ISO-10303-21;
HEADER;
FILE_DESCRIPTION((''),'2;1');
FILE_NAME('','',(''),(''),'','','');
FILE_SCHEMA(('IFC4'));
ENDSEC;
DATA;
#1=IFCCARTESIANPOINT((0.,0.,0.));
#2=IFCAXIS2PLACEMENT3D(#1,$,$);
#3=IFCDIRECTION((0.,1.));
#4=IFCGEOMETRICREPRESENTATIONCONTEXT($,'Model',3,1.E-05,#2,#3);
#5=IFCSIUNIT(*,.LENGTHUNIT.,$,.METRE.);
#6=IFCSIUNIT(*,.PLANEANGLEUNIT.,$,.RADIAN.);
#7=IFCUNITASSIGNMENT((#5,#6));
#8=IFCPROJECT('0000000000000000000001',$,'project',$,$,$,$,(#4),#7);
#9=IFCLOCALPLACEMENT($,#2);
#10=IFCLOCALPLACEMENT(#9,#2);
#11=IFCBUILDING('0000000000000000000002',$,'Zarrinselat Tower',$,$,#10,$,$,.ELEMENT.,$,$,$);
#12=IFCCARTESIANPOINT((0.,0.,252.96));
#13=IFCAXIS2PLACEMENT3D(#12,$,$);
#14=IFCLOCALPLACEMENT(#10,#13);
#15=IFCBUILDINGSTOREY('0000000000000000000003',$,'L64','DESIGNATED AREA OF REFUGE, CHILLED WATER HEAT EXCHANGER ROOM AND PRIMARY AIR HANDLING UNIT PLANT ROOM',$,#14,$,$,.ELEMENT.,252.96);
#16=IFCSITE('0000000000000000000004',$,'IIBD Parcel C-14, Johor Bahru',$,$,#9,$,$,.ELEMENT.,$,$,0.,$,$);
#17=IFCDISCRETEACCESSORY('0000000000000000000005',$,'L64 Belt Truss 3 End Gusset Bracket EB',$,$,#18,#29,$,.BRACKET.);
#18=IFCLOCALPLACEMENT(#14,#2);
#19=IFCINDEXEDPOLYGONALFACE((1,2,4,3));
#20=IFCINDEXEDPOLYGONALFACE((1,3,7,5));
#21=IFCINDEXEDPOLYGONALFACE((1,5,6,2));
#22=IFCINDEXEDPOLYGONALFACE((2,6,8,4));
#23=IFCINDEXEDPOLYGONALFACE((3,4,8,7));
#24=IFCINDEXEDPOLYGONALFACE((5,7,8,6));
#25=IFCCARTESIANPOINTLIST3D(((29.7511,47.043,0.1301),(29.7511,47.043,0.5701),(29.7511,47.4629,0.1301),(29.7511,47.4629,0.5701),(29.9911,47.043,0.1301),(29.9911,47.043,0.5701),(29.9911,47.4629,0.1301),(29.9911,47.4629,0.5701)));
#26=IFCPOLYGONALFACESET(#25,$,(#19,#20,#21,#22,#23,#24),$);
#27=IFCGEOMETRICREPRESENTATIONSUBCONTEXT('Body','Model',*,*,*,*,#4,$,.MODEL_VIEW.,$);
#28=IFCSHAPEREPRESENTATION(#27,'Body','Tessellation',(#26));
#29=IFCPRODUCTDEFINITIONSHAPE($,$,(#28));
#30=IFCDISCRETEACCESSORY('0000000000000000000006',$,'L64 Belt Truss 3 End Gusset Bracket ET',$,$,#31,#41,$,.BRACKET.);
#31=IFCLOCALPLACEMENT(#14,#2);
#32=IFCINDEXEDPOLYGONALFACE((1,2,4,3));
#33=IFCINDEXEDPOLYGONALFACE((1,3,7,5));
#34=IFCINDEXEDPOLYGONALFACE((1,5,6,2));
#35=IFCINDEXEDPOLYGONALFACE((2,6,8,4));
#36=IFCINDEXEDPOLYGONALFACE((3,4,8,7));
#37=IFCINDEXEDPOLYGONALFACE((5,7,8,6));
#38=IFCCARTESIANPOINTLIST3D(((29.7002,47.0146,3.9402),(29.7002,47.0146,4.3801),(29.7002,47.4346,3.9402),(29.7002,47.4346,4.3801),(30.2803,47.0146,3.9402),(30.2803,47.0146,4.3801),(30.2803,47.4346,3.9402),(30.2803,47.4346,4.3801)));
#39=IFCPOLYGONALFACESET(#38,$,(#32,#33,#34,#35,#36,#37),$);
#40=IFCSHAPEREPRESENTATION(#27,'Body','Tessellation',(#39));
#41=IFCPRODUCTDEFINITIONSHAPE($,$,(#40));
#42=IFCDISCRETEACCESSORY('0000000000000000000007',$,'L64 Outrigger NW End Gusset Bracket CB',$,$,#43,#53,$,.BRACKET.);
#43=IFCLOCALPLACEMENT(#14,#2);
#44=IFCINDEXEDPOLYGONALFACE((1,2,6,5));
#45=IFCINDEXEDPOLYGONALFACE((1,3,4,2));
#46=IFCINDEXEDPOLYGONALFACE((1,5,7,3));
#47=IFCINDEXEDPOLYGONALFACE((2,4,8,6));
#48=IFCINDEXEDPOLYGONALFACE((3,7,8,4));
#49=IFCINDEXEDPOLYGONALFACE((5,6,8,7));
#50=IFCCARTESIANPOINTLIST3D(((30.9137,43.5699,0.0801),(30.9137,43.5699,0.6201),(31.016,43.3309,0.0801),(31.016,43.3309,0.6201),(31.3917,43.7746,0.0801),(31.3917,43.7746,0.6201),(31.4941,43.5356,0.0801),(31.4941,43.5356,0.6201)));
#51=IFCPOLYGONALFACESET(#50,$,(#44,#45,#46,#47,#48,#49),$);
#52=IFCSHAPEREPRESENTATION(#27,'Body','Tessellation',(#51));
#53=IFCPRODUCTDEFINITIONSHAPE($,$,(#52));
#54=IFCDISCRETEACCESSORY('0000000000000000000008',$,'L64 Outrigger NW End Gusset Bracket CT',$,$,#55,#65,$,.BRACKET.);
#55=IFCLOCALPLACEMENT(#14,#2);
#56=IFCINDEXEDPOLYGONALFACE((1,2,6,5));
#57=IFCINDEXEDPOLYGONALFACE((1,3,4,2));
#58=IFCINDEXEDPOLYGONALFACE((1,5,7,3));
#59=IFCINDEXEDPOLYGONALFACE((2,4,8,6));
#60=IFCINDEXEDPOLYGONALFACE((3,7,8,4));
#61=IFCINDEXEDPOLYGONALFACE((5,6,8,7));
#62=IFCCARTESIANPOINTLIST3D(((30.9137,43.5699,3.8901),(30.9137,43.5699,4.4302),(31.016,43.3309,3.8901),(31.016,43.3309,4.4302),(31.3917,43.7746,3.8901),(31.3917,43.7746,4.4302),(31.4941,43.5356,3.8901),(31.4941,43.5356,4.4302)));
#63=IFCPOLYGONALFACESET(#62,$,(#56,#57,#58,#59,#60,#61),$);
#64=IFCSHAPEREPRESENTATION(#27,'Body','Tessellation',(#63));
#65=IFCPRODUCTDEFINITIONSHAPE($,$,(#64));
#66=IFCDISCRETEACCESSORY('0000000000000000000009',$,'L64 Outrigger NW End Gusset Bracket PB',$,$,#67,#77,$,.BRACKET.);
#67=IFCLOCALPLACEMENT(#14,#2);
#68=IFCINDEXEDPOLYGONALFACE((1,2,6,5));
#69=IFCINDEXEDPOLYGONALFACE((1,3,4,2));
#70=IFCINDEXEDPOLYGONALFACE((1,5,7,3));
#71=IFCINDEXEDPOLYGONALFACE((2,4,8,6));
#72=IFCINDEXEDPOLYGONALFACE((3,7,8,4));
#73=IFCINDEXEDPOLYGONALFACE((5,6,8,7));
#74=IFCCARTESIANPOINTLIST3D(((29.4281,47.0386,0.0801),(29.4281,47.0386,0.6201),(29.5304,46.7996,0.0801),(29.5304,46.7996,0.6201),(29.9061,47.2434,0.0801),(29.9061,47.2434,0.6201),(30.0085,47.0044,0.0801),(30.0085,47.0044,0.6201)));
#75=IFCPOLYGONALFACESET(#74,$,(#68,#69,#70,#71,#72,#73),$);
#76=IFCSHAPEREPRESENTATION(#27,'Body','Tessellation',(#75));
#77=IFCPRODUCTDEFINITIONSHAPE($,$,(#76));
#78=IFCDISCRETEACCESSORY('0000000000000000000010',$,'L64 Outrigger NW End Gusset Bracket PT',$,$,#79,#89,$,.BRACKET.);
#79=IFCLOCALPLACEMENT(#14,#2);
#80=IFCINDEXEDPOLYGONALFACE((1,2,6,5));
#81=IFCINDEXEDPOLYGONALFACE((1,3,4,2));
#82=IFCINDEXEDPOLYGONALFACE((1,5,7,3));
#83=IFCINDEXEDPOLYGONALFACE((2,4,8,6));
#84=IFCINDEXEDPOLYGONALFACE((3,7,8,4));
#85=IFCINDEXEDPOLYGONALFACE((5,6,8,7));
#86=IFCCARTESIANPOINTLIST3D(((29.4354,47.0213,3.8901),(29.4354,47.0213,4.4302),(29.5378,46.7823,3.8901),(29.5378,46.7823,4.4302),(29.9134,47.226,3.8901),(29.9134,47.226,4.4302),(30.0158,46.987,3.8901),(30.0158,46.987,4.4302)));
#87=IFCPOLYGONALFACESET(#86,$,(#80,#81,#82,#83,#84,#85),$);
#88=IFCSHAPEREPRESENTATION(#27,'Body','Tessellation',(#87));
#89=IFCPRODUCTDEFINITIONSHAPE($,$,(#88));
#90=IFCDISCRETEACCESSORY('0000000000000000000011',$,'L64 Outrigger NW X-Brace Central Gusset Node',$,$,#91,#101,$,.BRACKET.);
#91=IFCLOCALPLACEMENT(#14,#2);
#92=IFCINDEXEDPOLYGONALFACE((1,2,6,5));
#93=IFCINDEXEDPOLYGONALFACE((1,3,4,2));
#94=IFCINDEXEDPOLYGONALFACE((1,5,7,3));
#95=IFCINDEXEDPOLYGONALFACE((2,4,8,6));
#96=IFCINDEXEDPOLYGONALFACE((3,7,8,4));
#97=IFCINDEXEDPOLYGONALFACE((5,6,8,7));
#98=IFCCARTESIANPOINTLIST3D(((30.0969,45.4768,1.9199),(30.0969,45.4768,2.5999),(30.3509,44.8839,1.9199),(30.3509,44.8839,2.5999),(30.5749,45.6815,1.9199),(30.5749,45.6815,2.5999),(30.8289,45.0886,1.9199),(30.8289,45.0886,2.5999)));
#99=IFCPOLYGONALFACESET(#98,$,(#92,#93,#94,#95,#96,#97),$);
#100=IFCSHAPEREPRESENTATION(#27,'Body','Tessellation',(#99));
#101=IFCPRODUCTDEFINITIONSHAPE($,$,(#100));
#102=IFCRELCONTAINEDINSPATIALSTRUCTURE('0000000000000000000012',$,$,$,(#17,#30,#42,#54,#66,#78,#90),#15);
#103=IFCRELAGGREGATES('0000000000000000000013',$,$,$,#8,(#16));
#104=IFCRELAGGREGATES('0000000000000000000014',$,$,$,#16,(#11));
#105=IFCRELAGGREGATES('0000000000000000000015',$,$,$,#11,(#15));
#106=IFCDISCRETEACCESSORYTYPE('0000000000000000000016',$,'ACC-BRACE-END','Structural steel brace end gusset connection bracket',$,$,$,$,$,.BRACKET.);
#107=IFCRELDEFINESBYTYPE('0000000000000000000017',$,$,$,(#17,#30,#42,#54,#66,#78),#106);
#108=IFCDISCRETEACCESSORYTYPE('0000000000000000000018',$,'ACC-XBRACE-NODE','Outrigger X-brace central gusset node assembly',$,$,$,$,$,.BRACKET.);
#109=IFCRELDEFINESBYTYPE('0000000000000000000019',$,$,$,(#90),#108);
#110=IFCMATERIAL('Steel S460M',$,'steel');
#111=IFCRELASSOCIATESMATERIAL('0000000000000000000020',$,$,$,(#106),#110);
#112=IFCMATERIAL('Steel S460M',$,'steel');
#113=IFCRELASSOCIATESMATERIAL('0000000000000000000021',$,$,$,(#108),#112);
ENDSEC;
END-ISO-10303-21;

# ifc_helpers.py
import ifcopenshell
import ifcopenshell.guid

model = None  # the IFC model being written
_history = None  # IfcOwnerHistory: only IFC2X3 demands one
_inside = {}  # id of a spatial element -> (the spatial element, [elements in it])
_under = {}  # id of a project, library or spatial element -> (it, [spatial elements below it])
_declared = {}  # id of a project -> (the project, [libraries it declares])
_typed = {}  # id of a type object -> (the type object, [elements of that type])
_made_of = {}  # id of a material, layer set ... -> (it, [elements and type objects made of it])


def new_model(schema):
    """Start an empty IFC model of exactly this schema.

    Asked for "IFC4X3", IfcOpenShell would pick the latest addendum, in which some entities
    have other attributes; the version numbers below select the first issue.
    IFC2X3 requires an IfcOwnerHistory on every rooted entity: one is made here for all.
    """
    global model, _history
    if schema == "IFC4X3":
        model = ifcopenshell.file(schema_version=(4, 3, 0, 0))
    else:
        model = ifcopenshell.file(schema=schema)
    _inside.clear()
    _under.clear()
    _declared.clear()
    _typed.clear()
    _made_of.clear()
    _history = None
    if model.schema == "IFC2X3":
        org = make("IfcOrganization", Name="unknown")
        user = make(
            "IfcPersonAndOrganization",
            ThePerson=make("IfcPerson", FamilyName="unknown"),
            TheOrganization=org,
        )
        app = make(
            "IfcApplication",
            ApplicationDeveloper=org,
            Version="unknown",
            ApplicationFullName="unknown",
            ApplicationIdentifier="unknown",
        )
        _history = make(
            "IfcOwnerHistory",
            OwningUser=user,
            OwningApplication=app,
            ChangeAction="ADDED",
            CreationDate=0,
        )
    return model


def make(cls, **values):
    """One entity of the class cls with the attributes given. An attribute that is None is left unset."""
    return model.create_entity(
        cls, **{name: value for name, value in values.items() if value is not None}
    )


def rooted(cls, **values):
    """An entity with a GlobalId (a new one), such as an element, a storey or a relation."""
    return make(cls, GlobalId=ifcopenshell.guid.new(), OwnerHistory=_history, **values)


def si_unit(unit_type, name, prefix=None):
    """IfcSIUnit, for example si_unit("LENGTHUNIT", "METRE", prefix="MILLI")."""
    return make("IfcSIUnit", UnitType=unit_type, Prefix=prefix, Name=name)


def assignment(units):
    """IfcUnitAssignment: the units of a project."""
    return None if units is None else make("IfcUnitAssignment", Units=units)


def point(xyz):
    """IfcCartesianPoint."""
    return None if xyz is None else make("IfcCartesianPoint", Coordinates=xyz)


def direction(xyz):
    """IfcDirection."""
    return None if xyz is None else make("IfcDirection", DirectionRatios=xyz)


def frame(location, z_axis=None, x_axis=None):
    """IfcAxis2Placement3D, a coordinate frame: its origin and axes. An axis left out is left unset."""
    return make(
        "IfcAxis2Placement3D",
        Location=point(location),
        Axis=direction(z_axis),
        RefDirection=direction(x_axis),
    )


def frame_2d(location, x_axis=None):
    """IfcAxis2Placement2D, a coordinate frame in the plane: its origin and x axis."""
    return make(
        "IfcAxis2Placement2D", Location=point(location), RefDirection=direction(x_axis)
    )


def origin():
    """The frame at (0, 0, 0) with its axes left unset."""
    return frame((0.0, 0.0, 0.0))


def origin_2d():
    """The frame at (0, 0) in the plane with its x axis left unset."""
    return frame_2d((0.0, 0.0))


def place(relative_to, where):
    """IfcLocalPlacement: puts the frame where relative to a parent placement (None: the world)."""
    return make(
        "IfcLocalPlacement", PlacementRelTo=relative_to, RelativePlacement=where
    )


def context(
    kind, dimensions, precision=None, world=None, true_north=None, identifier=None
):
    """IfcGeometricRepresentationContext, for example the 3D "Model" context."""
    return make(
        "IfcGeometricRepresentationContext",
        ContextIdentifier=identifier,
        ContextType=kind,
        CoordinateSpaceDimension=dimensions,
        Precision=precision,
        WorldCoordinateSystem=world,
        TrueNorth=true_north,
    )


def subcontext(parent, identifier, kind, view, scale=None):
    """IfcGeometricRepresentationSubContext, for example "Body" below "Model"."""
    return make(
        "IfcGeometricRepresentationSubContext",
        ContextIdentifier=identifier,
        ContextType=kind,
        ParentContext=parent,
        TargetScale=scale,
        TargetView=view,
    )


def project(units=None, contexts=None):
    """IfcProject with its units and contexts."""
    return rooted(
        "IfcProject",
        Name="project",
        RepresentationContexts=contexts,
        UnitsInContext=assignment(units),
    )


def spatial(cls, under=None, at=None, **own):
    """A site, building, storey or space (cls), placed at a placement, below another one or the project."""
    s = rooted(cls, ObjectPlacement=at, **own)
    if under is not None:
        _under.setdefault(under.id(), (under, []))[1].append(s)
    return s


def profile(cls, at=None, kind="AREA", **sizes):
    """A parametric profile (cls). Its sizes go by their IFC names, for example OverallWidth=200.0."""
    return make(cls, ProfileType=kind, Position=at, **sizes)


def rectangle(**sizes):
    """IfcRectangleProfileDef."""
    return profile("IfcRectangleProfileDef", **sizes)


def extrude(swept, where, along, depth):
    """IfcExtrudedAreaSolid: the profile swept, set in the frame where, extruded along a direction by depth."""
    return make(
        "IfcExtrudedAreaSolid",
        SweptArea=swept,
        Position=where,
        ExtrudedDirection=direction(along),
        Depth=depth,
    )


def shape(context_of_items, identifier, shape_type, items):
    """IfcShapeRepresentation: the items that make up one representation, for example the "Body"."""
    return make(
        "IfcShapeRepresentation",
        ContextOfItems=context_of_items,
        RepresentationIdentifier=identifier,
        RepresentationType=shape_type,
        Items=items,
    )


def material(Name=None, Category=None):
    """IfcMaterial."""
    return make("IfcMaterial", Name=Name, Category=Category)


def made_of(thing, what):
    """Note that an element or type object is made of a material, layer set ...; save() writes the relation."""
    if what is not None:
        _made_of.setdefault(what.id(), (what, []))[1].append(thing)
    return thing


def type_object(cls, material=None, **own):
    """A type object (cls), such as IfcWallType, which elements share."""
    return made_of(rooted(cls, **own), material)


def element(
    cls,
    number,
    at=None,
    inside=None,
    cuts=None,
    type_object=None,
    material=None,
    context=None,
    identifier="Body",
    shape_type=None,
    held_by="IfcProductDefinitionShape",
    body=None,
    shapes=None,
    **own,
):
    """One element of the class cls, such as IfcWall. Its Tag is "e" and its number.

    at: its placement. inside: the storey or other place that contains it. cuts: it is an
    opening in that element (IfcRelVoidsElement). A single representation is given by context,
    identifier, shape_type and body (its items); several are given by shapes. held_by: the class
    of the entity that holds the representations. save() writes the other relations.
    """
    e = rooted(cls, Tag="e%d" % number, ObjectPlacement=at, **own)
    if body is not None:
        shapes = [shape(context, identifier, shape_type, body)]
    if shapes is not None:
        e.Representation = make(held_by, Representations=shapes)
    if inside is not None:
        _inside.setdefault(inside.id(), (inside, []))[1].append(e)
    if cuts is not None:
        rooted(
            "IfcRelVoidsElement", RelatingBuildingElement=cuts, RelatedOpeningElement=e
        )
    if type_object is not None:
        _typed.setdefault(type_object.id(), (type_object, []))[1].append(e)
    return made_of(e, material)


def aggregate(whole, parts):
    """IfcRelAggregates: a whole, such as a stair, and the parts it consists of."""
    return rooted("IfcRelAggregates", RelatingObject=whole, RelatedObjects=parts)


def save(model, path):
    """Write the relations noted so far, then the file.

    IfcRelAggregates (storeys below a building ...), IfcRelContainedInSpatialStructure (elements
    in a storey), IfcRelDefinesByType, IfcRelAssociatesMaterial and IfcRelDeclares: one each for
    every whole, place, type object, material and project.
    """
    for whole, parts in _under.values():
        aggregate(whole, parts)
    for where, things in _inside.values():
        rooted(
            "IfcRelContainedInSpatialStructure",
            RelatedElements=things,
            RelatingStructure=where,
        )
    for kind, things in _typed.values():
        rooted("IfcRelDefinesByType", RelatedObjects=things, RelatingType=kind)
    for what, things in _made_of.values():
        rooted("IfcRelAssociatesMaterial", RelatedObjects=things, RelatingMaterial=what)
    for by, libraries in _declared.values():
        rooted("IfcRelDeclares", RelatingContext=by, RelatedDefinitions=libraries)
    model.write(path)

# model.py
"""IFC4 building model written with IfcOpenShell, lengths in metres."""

from ifc_helpers import new_model, si_unit, direction, frame, origin, origin_2d, place, context, subcontext, project, spatial, rectangle, extrude, material, type_object, element, save


model = new_model("IFC4")

# Units and contexts
model_context = context("Model", 3, precision=1e-05, world=origin(), true_north=direction((0.0, 1.0)))
body_context = subcontext(model_context, "Body", "Model", "MODEL_VIEW")
ifc_project = project(units=[si_unit("LENGTHUNIT", "METRE"), si_unit("PLANEANGLEUNIT", "RADIAN")], contexts=[model_context])

# Site, building, storey
site_placement = place(None, origin())
site = spatial("IfcSite", under=ifc_project, at=site_placement, Name="IIBD Parcel C-14, Johor Bahru", CompositionType="ELEMENT", RefElevation=0.0)
building_placement = place(site_placement, origin())
building = spatial("IfcBuilding", under=site, at=building_placement, Name="Zarrinselat Tower", CompositionType="ELEMENT")
storey_placement = place(building_placement, frame((0.0, 0.0, 252.96)))
storey = spatial("IfcBuildingStorey", under=building, at=storey_placement, Name="L64", Description="DESIGNATED AREA OF REFUGE, CHILLED WATER HEAT EXCHANGER ROOM AND PRIMARY AIR HANDLING UNIT PLANT ROOM", CompositionType="ELEMENT", Elevation=252.96)

# Discrete accessories
ifc_material_1 = material(Name="Steel S460M", Category="steel")
discrete_accessory_type_1 = type_object("IfcDiscreteAccessoryType", Name="ACC-BRACE-END", Description="Structural steel brace end gusset connection bracket", PredefinedType="BRACKET", material=ifc_material_1)
for number, where, z_axis, x_axis, name in (
    (1, (29.8711, 47.2529, 0.1301), (0.0, 0.0, 1.0), (-1.0, 0.0, 0.0), "L64 Belt Truss 3 End Gusset Bracket EB"),
):
    element("IfcDiscreteAccessory", number, at=place(storey_placement, frame(where, z_axis=z_axis, x_axis=x_axis)), inside=storey, type_object=discrete_accessory_type_1, Name=name, PredefinedType="BRACKET", context=body_context, shape_type="SweptSolid", body=[
        extrude(rectangle(XDim=0.24, YDim=0.4199, at=origin_2d()), origin(), (0.0, 0.0, 1.0), 0.4399),
    ])
discrete_accessory_1_placement = place(storey_placement, frame((29.9902, 47.2246, 3.9402), z_axis=(0.0, 0.0, 1.0), x_axis=(-1.0, 0.0, 0.0)))
element("IfcDiscreteAccessory", 2, at=discrete_accessory_1_placement, inside=storey, type_object=discrete_accessory_type_1, Name="L64 Belt Truss 3 End Gusset Bracket ET", PredefinedType="BRACKET", context=body_context, shape_type="SweptSolid", body=[
    extrude(rectangle(XDim=0.5801, YDim=0.4199, at=origin_2d()), origin(), (0.0, 0.0, 1.0), 0.4399),
])
for number, where, z_axis, x_axis, name in (
    (3, (31.2039, 43.5527, 0.0801), (0.0, 0.0, 1.0), (-0.393743, 0.91922, 0.0), "L64 Outrigger NW End Gusset Bracket CB"),
    (4, (31.2039, 43.5527, 3.8901), (0.0, 0.0, 1.0), (-0.393743, 0.91922, 0.0), "L64 Outrigger NW End Gusset Bracket CT"),
    (5, (29.7183, 47.0215, 0.0801), (0.0, 0.0, 1.0), (-0.393743, 0.91922, 0.0), "L64 Outrigger NW End Gusset Bracket PB"),
    (6, (29.7256, 47.0042, 3.8901), (0.0, 0.0, 1.0), (-0.393743, 0.91922, 0.0), "L64 Outrigger NW End Gusset Bracket PT"),
):
    element("IfcDiscreteAccessory", number, at=place(storey_placement, frame(where, z_axis=z_axis, x_axis=x_axis)), inside=storey, type_object=discrete_accessory_type_1, Name=name, PredefinedType="BRACKET", context=body_context, shape_type="SweptSolid", body=[
        extrude(rectangle(XDim=0.26, YDim=0.52, at=origin_2d()), origin(), (0.0, 0.0, 1.0), 0.54),
    ])
ifc_material_2 = material(Name="Steel S460M", Category="steel")
discrete_accessory_type_2 = type_object("IfcDiscreteAccessoryType", Name="ACC-XBRACE-NODE", Description="Outrigger X-brace central gusset node assembly", PredefinedType="BRACKET", material=ifc_material_2)
discrete_accessory_2_placement = place(storey_placement, frame((30.4629, 45.2827, 1.9199), z_axis=(0.0, 0.0, 1.0), x_axis=(-0.393743, 0.91922, 0.0)))
element("IfcDiscreteAccessory", 7, at=discrete_accessory_2_placement, inside=storey, type_object=discrete_accessory_type_2, Name="L64 Outrigger NW X-Brace Central Gusset Node", PredefinedType="BRACKET", context=body_context, shape_type="SweptSolid", body=[
    extrude(rectangle(XDim=0.645, YDim=0.52, at=origin_2d()), origin(), (0.0, 0.0, 1.0), 0.6799),
])

save(model, "model.ifc")
